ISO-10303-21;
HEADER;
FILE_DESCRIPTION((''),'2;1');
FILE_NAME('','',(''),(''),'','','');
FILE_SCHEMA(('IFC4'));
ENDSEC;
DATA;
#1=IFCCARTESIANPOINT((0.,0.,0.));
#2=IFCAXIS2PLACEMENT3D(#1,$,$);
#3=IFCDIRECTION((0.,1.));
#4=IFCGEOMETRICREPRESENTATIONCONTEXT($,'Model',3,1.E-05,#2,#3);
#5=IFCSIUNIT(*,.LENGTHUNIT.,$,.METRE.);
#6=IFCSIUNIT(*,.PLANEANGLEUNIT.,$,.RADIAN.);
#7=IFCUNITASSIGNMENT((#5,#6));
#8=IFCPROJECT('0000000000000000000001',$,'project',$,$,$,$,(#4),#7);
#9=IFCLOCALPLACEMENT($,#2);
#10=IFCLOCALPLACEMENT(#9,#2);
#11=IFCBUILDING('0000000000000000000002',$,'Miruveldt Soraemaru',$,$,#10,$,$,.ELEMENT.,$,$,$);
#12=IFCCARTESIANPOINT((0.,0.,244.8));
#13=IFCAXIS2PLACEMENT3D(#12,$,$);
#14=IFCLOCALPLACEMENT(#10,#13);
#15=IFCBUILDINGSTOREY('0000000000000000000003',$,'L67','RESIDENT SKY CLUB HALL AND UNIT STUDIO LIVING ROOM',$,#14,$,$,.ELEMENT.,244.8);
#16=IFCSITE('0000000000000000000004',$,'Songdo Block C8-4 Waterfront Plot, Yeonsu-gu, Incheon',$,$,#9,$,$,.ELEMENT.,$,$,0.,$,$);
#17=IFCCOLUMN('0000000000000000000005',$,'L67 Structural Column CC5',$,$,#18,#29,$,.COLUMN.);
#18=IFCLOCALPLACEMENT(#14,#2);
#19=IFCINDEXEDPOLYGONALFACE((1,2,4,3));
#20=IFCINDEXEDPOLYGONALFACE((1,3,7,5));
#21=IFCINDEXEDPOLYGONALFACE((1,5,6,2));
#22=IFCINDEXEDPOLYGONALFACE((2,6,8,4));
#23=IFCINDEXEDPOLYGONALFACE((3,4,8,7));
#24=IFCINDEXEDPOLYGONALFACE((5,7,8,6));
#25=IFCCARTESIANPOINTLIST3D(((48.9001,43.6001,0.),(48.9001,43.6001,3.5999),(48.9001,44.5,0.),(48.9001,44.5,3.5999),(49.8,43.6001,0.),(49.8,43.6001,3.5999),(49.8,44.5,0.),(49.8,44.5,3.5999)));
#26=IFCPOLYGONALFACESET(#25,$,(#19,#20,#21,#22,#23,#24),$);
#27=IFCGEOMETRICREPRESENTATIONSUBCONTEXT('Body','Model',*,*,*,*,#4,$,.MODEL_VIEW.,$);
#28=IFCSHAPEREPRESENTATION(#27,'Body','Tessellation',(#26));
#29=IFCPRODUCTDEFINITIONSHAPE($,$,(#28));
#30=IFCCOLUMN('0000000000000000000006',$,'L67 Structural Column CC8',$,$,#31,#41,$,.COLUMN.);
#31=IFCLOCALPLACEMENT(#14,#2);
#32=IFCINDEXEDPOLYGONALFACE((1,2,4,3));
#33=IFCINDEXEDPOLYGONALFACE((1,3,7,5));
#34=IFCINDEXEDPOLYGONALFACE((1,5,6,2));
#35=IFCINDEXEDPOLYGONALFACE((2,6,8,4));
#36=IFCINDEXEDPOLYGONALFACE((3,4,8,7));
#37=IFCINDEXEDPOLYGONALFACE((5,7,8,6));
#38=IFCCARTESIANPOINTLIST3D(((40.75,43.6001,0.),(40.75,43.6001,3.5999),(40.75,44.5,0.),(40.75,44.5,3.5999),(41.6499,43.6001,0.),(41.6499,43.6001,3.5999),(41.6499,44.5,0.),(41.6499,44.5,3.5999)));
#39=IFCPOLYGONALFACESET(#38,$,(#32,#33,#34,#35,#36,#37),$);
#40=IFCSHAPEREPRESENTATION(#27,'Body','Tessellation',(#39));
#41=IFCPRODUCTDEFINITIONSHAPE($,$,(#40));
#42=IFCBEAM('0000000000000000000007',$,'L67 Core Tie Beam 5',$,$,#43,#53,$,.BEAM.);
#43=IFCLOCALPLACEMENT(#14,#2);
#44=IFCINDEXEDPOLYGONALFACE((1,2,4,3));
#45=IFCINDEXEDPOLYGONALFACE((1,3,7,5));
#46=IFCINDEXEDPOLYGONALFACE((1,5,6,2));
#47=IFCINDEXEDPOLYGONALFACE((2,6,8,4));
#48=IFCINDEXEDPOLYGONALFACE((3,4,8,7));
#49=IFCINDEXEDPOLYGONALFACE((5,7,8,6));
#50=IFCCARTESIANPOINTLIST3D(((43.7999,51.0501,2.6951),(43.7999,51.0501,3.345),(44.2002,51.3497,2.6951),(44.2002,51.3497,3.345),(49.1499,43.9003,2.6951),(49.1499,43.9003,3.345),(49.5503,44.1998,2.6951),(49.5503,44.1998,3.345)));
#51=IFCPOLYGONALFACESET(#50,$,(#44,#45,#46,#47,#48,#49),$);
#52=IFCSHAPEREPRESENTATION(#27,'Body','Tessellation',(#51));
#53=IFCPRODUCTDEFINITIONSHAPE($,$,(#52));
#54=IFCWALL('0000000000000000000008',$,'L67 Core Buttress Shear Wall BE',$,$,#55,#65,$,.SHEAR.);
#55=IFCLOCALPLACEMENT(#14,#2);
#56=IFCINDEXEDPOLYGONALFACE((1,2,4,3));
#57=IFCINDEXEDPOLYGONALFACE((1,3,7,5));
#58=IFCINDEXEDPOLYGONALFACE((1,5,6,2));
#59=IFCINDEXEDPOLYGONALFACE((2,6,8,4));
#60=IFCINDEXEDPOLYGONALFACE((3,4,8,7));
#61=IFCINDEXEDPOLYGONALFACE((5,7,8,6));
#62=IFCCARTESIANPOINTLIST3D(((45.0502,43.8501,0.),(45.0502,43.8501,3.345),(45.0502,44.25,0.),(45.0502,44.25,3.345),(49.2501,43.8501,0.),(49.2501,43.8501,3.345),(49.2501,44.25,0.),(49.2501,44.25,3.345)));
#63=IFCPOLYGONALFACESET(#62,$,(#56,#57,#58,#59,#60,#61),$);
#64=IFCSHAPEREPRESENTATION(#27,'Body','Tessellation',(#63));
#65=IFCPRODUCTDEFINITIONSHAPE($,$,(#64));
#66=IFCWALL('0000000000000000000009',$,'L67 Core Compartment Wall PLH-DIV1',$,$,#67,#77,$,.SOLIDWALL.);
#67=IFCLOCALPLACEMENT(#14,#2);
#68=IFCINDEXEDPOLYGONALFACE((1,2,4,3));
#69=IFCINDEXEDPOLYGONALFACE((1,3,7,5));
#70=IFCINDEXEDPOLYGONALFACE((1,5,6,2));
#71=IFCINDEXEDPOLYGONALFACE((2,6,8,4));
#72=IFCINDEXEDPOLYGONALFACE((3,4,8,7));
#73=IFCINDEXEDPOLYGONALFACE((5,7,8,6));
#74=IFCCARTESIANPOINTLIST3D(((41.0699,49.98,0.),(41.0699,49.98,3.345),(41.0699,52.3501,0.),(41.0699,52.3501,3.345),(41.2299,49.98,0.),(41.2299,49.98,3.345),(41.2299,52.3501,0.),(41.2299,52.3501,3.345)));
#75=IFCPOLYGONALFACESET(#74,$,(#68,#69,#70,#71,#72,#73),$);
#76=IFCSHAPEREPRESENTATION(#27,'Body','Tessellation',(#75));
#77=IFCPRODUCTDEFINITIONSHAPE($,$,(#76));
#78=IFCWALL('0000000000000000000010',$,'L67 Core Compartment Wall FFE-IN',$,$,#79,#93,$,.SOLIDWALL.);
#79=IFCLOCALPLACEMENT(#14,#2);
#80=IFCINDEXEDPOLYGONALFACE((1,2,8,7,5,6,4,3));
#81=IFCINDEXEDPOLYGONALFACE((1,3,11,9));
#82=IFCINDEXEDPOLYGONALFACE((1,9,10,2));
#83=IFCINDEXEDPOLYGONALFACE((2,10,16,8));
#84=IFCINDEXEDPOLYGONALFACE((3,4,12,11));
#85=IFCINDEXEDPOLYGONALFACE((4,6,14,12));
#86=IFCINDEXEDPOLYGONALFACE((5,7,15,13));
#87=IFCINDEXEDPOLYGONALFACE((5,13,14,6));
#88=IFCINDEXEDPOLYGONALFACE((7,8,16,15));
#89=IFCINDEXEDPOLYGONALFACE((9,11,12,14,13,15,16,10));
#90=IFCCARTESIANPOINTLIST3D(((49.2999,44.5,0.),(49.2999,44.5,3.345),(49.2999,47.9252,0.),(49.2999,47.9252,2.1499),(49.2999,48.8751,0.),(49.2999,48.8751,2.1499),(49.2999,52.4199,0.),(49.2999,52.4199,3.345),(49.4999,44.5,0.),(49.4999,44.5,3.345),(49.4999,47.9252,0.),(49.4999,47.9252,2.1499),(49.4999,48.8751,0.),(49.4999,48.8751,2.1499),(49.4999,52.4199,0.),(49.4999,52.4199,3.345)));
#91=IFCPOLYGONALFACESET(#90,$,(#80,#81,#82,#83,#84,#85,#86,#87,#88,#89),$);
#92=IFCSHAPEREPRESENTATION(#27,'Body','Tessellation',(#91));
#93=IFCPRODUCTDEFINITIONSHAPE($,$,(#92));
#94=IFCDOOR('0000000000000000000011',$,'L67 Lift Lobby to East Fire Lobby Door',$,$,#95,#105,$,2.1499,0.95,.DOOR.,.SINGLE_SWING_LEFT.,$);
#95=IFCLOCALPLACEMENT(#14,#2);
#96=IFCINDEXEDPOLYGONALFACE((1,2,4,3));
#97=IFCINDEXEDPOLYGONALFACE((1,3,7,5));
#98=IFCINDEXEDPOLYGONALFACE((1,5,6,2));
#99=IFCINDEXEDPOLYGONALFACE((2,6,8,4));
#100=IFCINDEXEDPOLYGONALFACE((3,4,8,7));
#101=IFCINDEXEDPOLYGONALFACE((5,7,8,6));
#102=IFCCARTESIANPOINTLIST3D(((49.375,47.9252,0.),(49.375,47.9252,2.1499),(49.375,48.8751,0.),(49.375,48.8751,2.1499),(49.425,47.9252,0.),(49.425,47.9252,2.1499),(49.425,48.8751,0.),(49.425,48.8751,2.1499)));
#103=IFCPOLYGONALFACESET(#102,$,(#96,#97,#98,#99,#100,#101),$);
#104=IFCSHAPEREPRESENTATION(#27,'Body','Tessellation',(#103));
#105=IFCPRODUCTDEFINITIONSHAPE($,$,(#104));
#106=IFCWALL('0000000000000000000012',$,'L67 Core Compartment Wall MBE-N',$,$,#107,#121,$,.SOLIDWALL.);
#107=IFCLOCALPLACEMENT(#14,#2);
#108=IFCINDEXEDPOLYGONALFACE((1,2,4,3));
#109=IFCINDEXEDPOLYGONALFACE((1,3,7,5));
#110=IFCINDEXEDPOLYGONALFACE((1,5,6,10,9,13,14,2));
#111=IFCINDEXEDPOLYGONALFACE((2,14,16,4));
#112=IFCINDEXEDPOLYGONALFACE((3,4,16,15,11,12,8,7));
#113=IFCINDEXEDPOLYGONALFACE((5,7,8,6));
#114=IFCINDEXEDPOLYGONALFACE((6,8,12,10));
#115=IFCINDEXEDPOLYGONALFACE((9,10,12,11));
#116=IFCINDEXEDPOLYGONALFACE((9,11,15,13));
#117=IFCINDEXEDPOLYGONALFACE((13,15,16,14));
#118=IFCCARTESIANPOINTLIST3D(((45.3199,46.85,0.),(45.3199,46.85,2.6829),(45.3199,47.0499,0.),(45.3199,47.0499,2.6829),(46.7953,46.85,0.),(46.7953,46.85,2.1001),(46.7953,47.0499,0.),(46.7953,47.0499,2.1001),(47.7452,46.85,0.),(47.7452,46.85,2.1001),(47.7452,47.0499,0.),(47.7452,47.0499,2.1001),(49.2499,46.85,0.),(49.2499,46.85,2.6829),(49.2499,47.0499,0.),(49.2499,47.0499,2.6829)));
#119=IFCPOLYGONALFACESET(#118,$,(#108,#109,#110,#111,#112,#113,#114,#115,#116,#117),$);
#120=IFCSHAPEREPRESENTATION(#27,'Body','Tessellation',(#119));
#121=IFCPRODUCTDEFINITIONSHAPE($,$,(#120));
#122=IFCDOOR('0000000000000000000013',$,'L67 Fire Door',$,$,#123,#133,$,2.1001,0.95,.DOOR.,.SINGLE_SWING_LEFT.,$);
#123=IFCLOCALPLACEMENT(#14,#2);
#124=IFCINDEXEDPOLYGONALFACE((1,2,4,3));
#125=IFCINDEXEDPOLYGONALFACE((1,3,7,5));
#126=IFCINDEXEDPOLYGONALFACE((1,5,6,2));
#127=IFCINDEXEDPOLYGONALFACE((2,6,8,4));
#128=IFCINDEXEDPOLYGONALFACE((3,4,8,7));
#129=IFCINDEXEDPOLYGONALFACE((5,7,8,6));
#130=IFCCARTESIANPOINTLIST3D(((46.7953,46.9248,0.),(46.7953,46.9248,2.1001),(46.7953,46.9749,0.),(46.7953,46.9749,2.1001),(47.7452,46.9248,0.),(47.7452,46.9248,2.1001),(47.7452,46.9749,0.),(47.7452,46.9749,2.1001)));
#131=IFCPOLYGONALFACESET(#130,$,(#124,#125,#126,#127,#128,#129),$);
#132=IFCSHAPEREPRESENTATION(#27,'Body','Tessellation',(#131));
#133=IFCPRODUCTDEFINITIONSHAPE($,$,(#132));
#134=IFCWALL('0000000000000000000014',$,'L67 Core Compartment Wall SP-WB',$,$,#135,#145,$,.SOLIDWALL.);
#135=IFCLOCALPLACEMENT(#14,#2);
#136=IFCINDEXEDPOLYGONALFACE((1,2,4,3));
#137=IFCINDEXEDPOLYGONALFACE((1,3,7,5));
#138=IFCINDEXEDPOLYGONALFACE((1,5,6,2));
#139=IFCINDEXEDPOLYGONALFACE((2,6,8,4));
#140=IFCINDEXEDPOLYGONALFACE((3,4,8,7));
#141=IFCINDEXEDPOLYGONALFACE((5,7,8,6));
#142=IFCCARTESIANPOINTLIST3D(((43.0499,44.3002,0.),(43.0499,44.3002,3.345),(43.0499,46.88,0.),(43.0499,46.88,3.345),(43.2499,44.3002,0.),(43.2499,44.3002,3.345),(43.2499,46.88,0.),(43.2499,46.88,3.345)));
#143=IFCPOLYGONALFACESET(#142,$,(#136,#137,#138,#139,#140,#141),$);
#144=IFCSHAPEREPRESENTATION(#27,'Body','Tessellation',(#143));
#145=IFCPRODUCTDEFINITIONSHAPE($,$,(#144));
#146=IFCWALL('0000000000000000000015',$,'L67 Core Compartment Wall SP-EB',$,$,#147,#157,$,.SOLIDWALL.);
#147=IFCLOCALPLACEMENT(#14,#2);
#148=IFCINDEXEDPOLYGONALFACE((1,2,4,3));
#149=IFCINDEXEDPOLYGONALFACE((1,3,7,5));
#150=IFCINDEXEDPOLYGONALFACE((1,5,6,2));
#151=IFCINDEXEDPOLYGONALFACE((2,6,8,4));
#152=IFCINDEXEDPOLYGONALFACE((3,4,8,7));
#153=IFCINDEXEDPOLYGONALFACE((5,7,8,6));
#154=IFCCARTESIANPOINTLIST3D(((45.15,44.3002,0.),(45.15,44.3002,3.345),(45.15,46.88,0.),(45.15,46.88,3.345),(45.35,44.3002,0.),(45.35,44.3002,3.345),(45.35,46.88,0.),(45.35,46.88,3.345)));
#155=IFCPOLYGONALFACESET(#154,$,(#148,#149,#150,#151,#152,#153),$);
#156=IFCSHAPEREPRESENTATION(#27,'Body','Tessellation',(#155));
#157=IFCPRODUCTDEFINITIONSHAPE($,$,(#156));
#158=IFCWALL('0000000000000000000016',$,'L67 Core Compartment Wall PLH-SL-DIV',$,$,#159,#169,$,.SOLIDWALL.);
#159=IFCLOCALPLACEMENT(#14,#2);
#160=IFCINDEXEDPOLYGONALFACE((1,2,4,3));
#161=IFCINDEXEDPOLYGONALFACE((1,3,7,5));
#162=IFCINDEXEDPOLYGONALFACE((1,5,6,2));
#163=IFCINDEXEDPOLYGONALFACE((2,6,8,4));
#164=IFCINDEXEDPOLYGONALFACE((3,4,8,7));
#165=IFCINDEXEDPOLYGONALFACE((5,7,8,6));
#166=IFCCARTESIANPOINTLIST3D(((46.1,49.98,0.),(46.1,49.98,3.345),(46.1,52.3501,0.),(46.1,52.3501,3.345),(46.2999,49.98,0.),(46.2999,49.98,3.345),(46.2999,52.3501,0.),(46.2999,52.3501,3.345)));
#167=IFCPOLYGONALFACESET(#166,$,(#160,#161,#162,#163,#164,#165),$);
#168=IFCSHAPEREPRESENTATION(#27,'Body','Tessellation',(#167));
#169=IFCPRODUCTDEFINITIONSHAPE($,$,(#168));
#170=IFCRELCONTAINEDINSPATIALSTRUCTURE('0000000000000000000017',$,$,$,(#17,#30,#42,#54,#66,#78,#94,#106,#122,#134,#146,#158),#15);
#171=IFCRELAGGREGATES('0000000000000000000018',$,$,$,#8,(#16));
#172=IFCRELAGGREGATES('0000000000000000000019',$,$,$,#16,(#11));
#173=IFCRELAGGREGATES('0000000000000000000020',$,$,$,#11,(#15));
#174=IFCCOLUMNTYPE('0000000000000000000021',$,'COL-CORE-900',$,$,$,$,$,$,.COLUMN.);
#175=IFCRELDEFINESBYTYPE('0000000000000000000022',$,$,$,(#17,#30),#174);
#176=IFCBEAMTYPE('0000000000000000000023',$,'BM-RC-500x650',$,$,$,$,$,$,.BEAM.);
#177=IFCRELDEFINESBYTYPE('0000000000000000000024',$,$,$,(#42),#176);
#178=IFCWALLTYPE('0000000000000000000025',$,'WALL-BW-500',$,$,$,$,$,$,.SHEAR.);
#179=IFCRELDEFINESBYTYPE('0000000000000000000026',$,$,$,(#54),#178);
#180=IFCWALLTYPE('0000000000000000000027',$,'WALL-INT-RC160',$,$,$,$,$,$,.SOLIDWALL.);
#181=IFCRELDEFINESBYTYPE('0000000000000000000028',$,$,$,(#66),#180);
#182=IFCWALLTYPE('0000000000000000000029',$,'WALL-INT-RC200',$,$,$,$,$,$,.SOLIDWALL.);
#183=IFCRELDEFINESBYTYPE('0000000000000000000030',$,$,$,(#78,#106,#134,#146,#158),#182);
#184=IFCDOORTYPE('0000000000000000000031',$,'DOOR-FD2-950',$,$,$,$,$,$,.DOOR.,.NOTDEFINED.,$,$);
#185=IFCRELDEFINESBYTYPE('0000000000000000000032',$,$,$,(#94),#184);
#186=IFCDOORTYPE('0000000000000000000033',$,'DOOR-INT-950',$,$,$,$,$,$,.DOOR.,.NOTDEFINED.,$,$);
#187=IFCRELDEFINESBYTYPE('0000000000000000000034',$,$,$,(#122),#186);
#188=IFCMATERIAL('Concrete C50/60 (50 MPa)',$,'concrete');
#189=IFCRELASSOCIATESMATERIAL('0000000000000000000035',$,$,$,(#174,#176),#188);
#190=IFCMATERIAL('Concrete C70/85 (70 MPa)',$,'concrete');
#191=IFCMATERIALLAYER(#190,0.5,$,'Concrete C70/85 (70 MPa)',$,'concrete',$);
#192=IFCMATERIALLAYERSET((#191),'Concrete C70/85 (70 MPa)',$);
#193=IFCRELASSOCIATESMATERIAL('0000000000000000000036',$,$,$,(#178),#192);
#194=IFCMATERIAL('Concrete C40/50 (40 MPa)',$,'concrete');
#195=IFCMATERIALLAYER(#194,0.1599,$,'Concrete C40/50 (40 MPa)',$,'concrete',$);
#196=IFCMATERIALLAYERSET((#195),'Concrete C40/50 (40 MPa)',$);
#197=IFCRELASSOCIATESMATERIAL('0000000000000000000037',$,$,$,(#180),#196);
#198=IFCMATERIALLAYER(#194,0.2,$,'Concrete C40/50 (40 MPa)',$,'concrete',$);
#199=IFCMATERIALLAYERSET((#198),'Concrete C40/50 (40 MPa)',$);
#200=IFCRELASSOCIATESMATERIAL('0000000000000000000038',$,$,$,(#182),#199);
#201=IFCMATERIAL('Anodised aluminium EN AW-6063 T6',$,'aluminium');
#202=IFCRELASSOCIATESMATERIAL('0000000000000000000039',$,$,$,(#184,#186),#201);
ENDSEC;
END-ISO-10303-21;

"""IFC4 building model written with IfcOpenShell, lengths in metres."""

from ifc_helpers import new_model, si_unit, direction, frame, frame_2d, origin, origin_2d, place, context, subcontext, project, spatial, rectangle, extrude, material, layer, layer_set, material_profile, profile_set, type_object, element, fill, save


model = new_model("IFC4")

# Units and contexts
model_context = context("Model", 3, precision=1e-05, world=origin(), true_north=direction((0.0, 1.0)))
body_context = subcontext(model_context, "Body", "Model", "MODEL_VIEW")
ifc_project = project(units=[si_unit("LENGTHUNIT", "METRE"), si_unit("PLANEANGLEUNIT", "RADIAN")], contexts=[model_context])

# Site, building, storey
site_placement = place(None, origin())
site = spatial("IfcSite", under=ifc_project, at=site_placement, Name="Songdo Block C8-4 Waterfront Plot, Yeonsu-gu, Incheon", CompositionType="ELEMENT", RefElevation=0.0)
building_placement = place(site_placement, origin())
building = spatial("IfcBuilding", under=site, at=building_placement, Name="Miruveldt Soraemaru", CompositionType="ELEMENT")
storey_placement = place(building_placement, frame((0.0, 0.0, 244.8)))
storey = spatial("IfcBuildingStorey", under=building, at=storey_placement, Name="L67", Description="RESIDENT SKY CLUB HALL AND UNIT STUDIO LIVING ROOM", CompositionType="ELEMENT", Elevation=244.8)

# Columns
ifc_material_1 = material(Name="Concrete C50/60 (50 MPa)", Category="concrete")
ifc_material_profile_1 = material_profile(ifc_material_1, rectangle(XDim=0.8999, YDim=0.8999, at=origin_2d()), Name="Concrete C50/60 (50 MPa)", Category="concrete")
ifc_profile_set_1 = profile_set([ifc_material_profile_1], Name="Concrete C50/60 (50 MPa)")
column_type = type_object("IfcColumnType", Name="COL-CORE-900", PredefinedType="COLUMN", material=ifc_profile_set_1)
for number, where, z_axis, x_axis, name in (
    (1, (49.3501, 44.05, 0.0), (0.0, 0.0, 1.0), (1.0, 0.0, 0.0), "L67 Structural Column CC5"),
    (2, (41.2, 44.05, 0.0), (0.0, 0.0, 1.0), (1.0, 0.0, 0.0), "L67 Structural Column CC8"),
):
    element("IfcColumn", number, at=place(storey_placement, frame(where, z_axis=z_axis, x_axis=x_axis)), inside=storey, type_object=column_type, Name=name, PredefinedType="COLUMN", context=body_context, shape_type="SweptSolid", body=[
        extrude(rectangle(XDim=0.8999, YDim=0.8999, at=origin_2d()), origin(), (0.0, 0.0, 1.0), 3.5999),
    ])

# Beam
ifc_material_profile_2 = material_profile(ifc_material_1, rectangle(XDim=0.5, YDim=0.6499, at=origin_2d()), Name="Concrete C50/60 (50 MPa)", Category="concrete")
ifc_profile_set_2 = profile_set([ifc_material_profile_2], Name="Concrete C50/60 (50 MPa)")
beam_type = type_object("IfcBeamType", Name="BM-RC-500x650", PredefinedType="BEAM", material=ifc_profile_set_2)
beam_placement = place(storey_placement, frame((49.3501, 44.05, 3.02), z_axis=(-0.599116, 0.800662, 0.0), x_axis=(-0.800662, -0.599116, 0.0)))
element("IfcBeam", 3, at=beam_placement, inside=storey, type_object=beam_type, Name="L67 Core Tie Beam 5", PredefinedType="BEAM", context=body_context, shape_type="SweptSolid", body=[
    extrude(rectangle(XDim=0.5, YDim=0.6499, at=origin_2d()), origin(), (0.0, 0.0, 1.0), 8.9299),
])

# Walls
ifc_material_2 = material(Name="Concrete C70/85 (70 MPa)", Category="concrete")
ifc_layer_1 = layer(ifc_material_2, 0.5, Name="Concrete C70/85 (70 MPa)", Category="concrete")
ifc_layer_set_1 = layer_set([ifc_layer_1], Name="Concrete C70/85 (70 MPa)")
wall_type_1 = type_object("IfcWallType", Name="WALL-BW-500", PredefinedType="SHEAR", material=ifc_layer_set_1)
wall_1_placement = place(storey_placement, frame((45.05, 44.05, 0.0), z_axis=(0.0, 0.0, 1.0), x_axis=(1.0, 0.0, 0.0)))
element("IfcWall", 4, at=wall_1_placement, inside=storey, type_object=wall_type_1, Name="L67 Core Buttress Shear Wall BE", PredefinedType="SHEAR", context=body_context, shape_type="SweptSolid", body=[
    extrude(rectangle(XDim=4.2, YDim=0.3999, at=frame_2d((2.1001, 0.0))), origin(), (0.0, 0.0, 1.0), 3.345),
])
ifc_material_3 = material(Name="Concrete C40/50 (40 MPa)", Category="concrete")
ifc_layer_2 = layer(ifc_material_3, 0.1599, Name="Concrete C40/50 (40 MPa)", Category="concrete")
ifc_layer_set_2 = layer_set([ifc_layer_2], Name="Concrete C40/50 (40 MPa)")
wall_type_2 = type_object("IfcWallType", Name="WALL-INT-RC160", PredefinedType="SOLIDWALL", material=ifc_layer_set_2)
wall_2_placement = place(storey_placement, frame((41.1499, 49.98, 0.0), z_axis=(0.0, 0.0, 1.0), x_axis=(0.0, 1.0, 0.0)))
element("IfcWall", 5, at=wall_2_placement, inside=storey, type_object=wall_type_2, Name="L67 Core Compartment Wall PLH-DIV1", PredefinedType="SOLIDWALL", context=body_context, shape_type="SweptSolid", body=[
    extrude(rectangle(XDim=2.3701, YDim=0.1599, at=frame_2d((1.1851, 0.0))), origin(), (0.0, 0.0, 1.0), 3.345),
])

# Wall, opening, door
ifc_layer_3 = layer(ifc_material_3, 0.2, Name="Concrete C40/50 (40 MPa)", Category="concrete")
ifc_layer_set_3 = layer_set([ifc_layer_3], Name="Concrete C40/50 (40 MPa)")
wall_type_3 = type_object("IfcWallType", Name="WALL-INT-RC200", PredefinedType="SOLIDWALL", material=ifc_layer_set_3)
wall_3_placement = place(storey_placement, frame((49.3999, 44.5, 0.0), z_axis=(0.0, 0.0, 1.0), x_axis=(0.0, 1.0, 0.0)))
wall_3 = element("IfcWall", 6, at=wall_3_placement, inside=storey, type_object=wall_type_3, Name="L67 Core Compartment Wall FFE-IN", PredefinedType="SOLIDWALL", context=body_context, shape_type="SweptSolid", body=[
    extrude(rectangle(XDim=7.9199, YDim=0.2, at=frame_2d((3.96, 0.0))), origin(), (0.0, 0.0, 1.0), 3.345),
])
opening_1_placement = place(wall_3_placement, frame((3.425, 0.0, 0.0)))
opening_1 = element("IfcOpeningElement", 7, at=opening_1_placement, cuts=wall_3, PredefinedType="OPENING", context=body_context, shape_type="SweptSolid", body=[
    extrude(rectangle(XDim=0.95, YDim=2.1499, at=frame_2d((0.4751, 1.075))), frame((0.0, 0.1099, 0.0), z_axis=(0.0, -1.0, 0.0), x_axis=(1.0, 0.0, 0.0)), (0.0, 0.0, 1.0), 0.22),
])
ifc_material_4 = material(Name="Anodised aluminium EN AW-6063 T6", Category="aluminium")
door_type_1 = type_object("IfcDoorType", Name="DOOR-FD2-950", OperationType="NOTDEFINED", PredefinedType="DOOR", material=ifc_material_4)
door_1_placement = place(opening_1_placement, origin())
door_1 = element("IfcDoor", 8, at=door_1_placement, inside=storey, type_object=door_type_1, Name="L67 Lift Lobby to East Fire Lobby Door", OperationType="SINGLE_SWING_LEFT", OverallHeight=2.1499, OverallWidth=0.95, PredefinedType="DOOR", context=body_context, shape_type="SweptSolid", body=[
    extrude(rectangle(XDim=0.95, YDim=2.1499, at=frame_2d((0.4751, 1.075))), frame((0.0, 0.0249, 0.0), z_axis=(0.0, -1.0, 0.0), x_axis=(1.0, 0.0, 0.0)), (0.0, 0.0, 1.0), 0.05),
])
fill(opening_1, door_1)

# Wall, opening, door
wall_4_placement = place(storey_placement, frame((45.3201, 46.95, 0.0), z_axis=(0.0, 0.0, 1.0), x_axis=(1.0, 0.0, 0.0)))
wall_4 = element("IfcWall", 9, at=wall_4_placement, inside=storey, type_object=wall_type_3, Name="L67 Core Compartment Wall MBE-N", PredefinedType="SOLIDWALL", context=body_context, shape_type="SweptSolid", body=[
    extrude(rectangle(XDim=3.9299, YDim=0.2, at=frame_2d((1.9648, 0.0))), origin(), (0.0, 0.0, 1.0), 2.6829),
])
opening_2_placement = place(wall_4_placement, frame((1.4751, 0.0, 0.0)))
opening_2 = element("IfcOpeningElement", 10, at=opening_2_placement, cuts=wall_4, PredefinedType="OPENING", context=body_context, shape_type="SweptSolid", body=[
    extrude(rectangle(XDim=0.95, YDim=2.1001, at=frame_2d((0.4751, 1.05))), frame((0.0, 0.1099, 0.0), z_axis=(0.0, -1.0, 0.0), x_axis=(1.0, 0.0, 0.0)), (0.0, 0.0, 1.0), 0.22),
])
door_type_2 = type_object("IfcDoorType", Name="DOOR-INT-950", OperationType="NOTDEFINED", PredefinedType="DOOR", material=ifc_material_4)
door_2_placement = place(opening_2_placement, origin())
door_2 = element("IfcDoor", 11, at=door_2_placement, inside=storey, type_object=door_type_2, Name="L67 Fire Door", OperationType="SINGLE_SWING_LEFT", OverallHeight=2.1001, OverallWidth=0.95, PredefinedType="DOOR", context=body_context, shape_type="SweptSolid", body=[
    extrude(rectangle(XDim=0.95, YDim=2.1001, at=frame_2d((0.4751, 1.05))), frame((0.0, 0.0249, 0.0), z_axis=(0.0, -1.0, 0.0), x_axis=(1.0, 0.0, 0.0)), (0.0, 0.0, 1.0), 0.05),
])
fill(opening_2, door_2)

# Walls
for number, where, z_axis, x_axis, name in (
    (12, (43.1499, 44.3, 0.0), (0.0, 0.0, 1.0), (0.0, 1.0, 0.0), "L67 Core Compartment Wall SP-WB"),
    (13, (45.25, 44.3, 0.0), (0.0, 0.0, 1.0), (0.0, 1.0, 0.0), "L67 Core Compartment Wall SP-EB"),
):
    element("IfcWall", number, at=place(storey_placement, frame(where, z_axis=z_axis, x_axis=x_axis)), inside=storey, type_object=wall_type_3, Name=name, PredefinedType="SOLIDWALL", context=body_context, shape_type="SweptSolid", body=[
        extrude(rectangle(XDim=2.5798, YDim=0.2, at=frame_2d((1.29, 0.0))), origin(), (0.0, 0.0, 1.0), 3.345),
    ])
wall_5_placement = place(storey_placement, frame((46.2, 49.98, 0.0), z_axis=(0.0, 0.0, 1.0), x_axis=(0.0, 1.0, 0.0)))
element("IfcWall", 14, at=wall_5_placement, inside=storey, type_object=wall_type_3, Name="L67 Core Compartment Wall PLH-SL-DIV", PredefinedType="SOLIDWALL", context=body_context, shape_type="SweptSolid", body=[
    extrude(rectangle(XDim=2.3701, YDim=0.2, at=frame_2d((1.1851, 0.0))), origin(), (0.0, 0.0, 1.0), 3.345),
])

save(model, "model.ifc")
